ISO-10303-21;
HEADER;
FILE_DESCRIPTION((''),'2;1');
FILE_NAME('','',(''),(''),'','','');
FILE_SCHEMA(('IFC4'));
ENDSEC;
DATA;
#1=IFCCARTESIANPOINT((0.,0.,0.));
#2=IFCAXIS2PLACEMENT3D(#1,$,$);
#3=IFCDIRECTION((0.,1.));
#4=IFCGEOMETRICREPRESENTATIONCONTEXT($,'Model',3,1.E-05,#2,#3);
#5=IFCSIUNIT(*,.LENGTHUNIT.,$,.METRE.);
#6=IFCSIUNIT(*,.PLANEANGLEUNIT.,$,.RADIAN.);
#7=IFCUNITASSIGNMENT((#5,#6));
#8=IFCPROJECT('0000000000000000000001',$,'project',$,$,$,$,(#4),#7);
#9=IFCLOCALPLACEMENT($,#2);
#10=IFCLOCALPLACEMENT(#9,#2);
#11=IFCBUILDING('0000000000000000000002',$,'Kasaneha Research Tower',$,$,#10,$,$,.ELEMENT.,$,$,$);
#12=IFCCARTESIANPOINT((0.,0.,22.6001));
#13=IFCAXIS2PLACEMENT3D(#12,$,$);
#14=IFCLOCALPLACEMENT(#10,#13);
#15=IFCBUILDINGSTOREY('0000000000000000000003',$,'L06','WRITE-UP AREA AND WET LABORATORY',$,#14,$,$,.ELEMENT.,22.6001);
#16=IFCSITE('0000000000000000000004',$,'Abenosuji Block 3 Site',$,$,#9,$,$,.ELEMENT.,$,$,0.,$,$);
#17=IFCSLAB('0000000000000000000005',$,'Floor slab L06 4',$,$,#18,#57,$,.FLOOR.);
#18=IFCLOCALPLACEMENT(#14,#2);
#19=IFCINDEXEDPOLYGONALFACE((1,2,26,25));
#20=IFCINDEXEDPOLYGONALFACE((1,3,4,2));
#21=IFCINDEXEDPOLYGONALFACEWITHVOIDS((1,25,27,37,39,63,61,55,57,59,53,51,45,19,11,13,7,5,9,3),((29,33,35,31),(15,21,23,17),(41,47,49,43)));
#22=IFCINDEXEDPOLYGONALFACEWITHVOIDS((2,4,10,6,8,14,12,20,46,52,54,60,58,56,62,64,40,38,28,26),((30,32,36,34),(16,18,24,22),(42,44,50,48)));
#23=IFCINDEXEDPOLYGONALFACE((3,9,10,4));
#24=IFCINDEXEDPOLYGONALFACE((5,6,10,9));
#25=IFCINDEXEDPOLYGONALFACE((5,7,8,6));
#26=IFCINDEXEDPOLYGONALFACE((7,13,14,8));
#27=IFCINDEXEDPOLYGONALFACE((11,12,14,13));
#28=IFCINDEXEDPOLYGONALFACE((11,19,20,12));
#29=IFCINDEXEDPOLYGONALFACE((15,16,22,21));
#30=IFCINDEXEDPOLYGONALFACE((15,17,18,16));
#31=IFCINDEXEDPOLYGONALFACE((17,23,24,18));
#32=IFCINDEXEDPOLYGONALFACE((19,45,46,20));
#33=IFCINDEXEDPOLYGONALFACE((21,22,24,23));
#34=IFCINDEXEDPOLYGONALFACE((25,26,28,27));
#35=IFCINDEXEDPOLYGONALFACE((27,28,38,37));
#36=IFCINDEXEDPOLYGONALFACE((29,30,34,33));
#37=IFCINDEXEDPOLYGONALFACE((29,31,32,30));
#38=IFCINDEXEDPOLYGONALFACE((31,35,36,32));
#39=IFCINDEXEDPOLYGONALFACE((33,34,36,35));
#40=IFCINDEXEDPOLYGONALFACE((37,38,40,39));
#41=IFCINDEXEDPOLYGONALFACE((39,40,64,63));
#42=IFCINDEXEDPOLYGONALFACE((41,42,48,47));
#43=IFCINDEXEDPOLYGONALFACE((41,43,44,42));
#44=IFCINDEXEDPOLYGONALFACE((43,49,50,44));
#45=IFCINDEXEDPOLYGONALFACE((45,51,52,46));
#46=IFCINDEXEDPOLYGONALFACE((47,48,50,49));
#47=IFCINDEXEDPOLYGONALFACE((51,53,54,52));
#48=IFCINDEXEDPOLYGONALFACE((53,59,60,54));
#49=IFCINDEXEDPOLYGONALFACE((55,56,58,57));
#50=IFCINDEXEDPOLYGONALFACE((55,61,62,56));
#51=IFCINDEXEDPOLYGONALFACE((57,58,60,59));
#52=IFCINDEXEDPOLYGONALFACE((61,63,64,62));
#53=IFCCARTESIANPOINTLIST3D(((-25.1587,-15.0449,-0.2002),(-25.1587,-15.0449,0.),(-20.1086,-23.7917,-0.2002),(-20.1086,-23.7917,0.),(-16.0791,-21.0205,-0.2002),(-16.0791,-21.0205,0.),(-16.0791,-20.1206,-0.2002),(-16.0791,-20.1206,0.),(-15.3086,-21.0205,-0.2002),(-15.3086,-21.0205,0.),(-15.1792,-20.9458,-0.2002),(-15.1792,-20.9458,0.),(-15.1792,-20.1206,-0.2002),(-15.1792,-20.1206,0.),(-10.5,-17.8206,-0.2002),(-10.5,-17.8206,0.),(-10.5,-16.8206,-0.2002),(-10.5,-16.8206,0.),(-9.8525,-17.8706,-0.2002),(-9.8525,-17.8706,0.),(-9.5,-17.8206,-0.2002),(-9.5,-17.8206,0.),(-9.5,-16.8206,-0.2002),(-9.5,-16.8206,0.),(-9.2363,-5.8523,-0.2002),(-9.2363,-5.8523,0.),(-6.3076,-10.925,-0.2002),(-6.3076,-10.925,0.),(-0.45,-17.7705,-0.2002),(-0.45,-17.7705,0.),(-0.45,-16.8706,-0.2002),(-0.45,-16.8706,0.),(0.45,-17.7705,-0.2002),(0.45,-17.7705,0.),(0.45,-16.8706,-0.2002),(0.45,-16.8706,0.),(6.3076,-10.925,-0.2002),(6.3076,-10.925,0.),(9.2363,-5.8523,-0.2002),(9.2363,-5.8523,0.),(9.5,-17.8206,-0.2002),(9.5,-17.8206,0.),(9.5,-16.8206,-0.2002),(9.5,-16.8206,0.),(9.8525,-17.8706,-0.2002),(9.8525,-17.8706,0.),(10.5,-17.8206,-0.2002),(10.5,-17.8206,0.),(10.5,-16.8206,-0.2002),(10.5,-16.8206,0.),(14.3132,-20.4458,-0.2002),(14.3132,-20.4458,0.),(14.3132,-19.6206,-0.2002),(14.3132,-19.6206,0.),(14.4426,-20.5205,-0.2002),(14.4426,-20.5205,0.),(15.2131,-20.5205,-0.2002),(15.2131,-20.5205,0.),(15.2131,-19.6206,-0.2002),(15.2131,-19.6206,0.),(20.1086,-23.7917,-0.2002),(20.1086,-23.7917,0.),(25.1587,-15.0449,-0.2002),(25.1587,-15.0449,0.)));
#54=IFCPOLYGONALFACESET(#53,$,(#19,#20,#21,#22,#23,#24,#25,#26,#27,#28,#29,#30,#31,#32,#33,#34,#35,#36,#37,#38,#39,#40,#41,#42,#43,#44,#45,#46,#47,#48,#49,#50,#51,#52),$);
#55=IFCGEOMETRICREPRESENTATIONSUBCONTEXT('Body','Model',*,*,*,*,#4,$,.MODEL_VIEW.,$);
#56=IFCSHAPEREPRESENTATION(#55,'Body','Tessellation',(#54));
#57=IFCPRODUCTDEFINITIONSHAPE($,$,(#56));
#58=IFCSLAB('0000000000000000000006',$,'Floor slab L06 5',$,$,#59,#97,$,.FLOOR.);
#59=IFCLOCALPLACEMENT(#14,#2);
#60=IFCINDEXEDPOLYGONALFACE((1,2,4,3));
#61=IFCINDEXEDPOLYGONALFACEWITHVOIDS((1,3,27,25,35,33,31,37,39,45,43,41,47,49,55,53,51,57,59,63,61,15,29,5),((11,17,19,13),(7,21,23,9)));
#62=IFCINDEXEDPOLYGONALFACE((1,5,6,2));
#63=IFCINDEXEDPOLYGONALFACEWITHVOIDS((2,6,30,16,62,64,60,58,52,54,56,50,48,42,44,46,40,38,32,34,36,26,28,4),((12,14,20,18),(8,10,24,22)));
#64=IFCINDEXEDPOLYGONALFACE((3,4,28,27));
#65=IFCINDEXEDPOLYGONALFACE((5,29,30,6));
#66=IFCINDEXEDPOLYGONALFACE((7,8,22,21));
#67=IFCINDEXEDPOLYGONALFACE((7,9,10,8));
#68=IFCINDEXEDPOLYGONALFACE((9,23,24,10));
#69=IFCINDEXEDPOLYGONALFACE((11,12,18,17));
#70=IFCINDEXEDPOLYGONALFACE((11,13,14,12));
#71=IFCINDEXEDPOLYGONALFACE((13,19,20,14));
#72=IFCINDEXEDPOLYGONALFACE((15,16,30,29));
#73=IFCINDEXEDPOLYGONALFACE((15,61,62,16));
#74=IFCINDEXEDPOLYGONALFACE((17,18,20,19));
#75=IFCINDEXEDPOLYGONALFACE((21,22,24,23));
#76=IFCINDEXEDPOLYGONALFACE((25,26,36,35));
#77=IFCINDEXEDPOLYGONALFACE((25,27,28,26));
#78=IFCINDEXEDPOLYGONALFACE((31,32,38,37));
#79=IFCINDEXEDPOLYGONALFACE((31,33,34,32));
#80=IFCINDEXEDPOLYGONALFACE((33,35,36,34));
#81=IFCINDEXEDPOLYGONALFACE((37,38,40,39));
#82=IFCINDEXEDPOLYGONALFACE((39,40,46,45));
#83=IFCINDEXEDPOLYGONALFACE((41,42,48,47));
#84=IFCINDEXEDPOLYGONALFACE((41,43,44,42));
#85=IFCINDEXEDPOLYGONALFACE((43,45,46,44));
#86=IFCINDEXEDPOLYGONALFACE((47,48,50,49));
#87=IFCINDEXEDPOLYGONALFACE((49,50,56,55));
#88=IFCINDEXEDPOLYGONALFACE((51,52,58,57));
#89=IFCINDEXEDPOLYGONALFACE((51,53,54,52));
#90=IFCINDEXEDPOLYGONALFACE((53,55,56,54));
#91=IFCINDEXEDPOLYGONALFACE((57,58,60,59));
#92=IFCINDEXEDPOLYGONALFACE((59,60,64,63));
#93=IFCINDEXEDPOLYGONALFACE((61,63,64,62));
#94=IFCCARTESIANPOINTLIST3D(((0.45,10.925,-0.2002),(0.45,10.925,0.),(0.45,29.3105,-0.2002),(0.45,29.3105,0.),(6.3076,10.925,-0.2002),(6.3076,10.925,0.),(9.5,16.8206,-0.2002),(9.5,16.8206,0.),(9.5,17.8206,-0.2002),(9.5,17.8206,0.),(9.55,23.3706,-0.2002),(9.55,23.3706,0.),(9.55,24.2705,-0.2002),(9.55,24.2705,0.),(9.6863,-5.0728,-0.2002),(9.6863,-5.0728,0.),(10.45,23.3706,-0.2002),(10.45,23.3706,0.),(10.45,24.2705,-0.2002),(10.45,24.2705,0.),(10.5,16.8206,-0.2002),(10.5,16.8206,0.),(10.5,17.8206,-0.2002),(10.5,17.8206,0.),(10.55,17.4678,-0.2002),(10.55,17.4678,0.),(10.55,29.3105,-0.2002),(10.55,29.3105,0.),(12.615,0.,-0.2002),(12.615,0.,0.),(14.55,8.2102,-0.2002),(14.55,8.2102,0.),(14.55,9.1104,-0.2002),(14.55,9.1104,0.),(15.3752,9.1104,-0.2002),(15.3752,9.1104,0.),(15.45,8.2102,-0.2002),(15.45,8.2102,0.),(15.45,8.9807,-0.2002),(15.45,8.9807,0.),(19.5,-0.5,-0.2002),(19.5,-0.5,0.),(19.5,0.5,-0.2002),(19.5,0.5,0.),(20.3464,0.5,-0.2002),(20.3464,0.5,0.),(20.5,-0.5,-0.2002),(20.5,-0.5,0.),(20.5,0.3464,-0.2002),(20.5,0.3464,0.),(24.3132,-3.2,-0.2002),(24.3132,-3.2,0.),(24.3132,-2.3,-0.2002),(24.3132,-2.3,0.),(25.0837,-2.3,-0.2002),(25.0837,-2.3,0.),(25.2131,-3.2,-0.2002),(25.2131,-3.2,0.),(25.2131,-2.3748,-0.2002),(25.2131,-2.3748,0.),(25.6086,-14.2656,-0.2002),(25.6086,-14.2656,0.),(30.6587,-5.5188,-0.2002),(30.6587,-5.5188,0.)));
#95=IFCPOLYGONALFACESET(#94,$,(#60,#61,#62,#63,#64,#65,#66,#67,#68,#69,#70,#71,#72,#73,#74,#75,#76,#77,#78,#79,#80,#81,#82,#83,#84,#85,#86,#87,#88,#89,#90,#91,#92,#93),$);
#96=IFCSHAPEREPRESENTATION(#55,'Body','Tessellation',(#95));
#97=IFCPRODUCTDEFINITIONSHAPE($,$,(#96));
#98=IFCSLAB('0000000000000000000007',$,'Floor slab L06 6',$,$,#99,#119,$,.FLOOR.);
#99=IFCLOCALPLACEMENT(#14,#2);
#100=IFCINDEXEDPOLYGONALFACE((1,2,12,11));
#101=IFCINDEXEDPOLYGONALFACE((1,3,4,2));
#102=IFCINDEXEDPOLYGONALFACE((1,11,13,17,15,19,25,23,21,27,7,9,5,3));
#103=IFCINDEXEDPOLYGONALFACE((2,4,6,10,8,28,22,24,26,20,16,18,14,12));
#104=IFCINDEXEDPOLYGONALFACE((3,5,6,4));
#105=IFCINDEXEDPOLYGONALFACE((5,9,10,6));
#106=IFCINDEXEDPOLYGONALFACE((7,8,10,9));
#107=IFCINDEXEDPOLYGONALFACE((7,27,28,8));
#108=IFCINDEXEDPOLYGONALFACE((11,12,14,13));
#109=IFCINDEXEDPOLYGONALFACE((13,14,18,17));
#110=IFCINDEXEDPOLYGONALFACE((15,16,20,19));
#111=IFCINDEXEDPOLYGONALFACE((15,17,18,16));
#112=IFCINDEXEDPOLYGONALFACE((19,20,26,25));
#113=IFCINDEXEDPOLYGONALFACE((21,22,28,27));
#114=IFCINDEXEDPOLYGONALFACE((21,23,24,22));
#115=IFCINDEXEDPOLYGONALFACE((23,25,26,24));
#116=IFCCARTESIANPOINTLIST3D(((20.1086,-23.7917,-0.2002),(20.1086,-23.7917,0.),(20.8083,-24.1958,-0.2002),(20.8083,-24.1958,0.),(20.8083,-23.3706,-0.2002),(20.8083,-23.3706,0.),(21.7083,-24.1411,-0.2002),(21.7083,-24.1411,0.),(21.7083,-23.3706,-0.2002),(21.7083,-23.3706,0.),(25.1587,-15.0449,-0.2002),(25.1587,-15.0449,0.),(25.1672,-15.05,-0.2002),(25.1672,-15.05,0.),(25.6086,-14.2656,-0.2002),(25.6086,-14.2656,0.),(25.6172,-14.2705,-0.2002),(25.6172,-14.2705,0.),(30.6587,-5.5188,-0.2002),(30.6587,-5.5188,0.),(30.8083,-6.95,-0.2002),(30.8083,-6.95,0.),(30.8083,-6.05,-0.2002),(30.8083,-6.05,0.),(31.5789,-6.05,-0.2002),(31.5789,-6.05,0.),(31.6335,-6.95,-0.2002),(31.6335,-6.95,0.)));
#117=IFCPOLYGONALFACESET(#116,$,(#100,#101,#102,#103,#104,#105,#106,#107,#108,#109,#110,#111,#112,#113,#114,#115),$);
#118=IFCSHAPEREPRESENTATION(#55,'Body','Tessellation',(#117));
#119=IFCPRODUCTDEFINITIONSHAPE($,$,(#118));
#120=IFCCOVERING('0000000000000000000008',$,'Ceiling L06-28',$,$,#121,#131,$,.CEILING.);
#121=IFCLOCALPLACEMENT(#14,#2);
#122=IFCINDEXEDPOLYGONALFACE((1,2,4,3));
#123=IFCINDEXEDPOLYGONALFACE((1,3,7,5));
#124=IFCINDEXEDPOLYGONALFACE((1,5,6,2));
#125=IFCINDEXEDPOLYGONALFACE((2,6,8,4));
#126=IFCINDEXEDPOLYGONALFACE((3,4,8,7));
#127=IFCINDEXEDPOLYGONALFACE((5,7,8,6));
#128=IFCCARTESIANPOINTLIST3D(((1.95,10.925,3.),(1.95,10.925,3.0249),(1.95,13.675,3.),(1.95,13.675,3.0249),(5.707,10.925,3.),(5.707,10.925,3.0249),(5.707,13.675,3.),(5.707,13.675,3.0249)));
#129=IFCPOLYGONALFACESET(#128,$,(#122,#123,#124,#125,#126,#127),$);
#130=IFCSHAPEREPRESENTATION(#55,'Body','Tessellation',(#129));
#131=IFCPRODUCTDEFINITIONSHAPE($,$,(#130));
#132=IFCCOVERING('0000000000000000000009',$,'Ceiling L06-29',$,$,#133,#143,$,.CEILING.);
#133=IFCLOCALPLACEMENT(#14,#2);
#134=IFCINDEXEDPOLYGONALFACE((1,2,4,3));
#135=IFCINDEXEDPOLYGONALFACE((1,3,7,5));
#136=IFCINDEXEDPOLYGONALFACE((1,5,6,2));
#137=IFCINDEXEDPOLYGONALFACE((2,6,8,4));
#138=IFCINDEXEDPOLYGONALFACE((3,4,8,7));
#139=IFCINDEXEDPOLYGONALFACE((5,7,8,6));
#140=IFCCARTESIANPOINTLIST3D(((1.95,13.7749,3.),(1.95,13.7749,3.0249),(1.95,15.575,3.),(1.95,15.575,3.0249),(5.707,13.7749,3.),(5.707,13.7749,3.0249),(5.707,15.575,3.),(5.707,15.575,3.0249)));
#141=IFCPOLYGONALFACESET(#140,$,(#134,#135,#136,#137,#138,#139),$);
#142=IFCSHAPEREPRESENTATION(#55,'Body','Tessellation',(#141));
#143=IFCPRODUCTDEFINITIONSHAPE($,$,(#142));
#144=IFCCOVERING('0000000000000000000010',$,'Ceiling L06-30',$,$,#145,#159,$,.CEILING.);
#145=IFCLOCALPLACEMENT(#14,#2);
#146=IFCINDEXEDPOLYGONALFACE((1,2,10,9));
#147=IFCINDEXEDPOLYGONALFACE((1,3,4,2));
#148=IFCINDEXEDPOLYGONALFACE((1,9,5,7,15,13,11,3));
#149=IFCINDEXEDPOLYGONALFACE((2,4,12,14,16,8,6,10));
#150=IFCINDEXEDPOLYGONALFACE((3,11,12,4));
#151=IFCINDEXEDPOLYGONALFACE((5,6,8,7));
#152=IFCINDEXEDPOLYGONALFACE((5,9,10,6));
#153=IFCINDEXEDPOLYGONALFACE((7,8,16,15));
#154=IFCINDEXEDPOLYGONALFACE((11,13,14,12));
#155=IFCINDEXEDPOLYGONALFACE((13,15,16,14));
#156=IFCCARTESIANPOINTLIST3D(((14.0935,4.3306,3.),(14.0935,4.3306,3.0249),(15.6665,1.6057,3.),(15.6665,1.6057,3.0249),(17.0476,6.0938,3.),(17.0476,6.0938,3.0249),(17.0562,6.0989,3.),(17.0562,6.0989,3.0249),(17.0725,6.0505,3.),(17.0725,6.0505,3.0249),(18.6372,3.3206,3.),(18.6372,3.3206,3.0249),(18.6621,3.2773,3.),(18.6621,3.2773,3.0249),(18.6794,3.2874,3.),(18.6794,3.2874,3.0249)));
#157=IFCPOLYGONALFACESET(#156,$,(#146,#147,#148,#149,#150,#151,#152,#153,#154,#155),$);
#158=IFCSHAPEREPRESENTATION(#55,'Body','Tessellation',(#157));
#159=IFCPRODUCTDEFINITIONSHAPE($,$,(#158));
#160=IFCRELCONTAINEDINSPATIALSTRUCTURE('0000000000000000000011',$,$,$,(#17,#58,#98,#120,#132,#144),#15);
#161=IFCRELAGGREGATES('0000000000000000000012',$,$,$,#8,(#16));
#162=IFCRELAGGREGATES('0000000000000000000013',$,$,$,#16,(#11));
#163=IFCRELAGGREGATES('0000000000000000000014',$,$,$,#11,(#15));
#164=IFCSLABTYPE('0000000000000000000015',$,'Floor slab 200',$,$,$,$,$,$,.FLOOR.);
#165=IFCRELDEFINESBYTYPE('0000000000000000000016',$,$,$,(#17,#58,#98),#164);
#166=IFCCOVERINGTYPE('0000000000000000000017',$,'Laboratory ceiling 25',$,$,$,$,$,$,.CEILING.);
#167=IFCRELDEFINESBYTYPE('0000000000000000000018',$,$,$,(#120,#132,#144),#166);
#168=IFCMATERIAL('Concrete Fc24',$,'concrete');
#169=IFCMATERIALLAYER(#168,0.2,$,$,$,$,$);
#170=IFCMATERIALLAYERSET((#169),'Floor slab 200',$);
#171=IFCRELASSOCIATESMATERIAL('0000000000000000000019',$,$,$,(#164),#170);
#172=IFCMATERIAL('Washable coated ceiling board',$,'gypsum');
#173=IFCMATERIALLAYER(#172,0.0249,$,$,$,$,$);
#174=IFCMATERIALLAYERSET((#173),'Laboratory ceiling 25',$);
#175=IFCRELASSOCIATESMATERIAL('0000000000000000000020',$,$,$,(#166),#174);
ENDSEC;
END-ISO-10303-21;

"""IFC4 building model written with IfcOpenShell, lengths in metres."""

from ifc_helpers import new_model, si_unit, direction, frame, origin, place, context, subcontext, project, spatial, polyline, outline, extrude, material, layer, layer_set, type_object, element, save


model = new_model("IFC4")

# Units and contexts
model_context = context("Model", 3, precision=1e-05, world=origin(), true_north=direction((0.0, 1.0)))
body_context = subcontext(model_context, "Body", "Model", "MODEL_VIEW")
ifc_project = project(units=[si_unit("LENGTHUNIT", "METRE"), si_unit("PLANEANGLEUNIT", "RADIAN")], contexts=[model_context])

# Site, building, storey
site_placement = place(None, origin())
site = spatial("IfcSite", under=ifc_project, at=site_placement, Name="Abenosuji Block 3 Site", CompositionType="ELEMENT", RefElevation=0.0)
building_placement = place(site_placement, origin())
building = spatial("IfcBuilding", under=site, at=building_placement, Name="Kasaneha Research Tower", CompositionType="ELEMENT")
storey_placement = place(building_placement, frame((0.0, 0.0, 22.6001)))
storey = spatial("IfcBuildingStorey", under=building, at=storey_placement, Name="L06", Description="WRITE-UP AREA AND WET LABORATORY", CompositionType="ELEMENT", Elevation=22.6001)

# Slabs
ifc_material_1 = material(Name="Concrete Fc24", Category="concrete")
ifc_layer_1 = layer(ifc_material_1, 0.2)
ifc_layer_set_1 = layer_set([ifc_layer_1], Name="Floor slab 200")
slab_type_1 = type_object("IfcSlabType", Name="Floor slab 200", PredefinedType="FLOOR", material=ifc_layer_set_1)
slab_1_placement = place(storey_placement, frame((0.0, 0.0, -0.2002)))
element("IfcSlab", 1, at=slab_1_placement, inside=storey, type_object=slab_type_1, Name="Floor slab L06 4", PredefinedType="FLOOR", context=body_context, shape_type="SweptSolid", body=[
    extrude(outline(polyline([(-6.3076, -10.925), (6.3076, -10.925), (9.2363, -5.8523), (25.1587, -15.0449), (20.1086, -23.7917), (14.4426, -20.5205), (15.2131, -20.5205), (15.2131, -19.6206), (14.3132, -19.6206), (14.3132, -20.4458), (9.8525, -17.8706), (-9.8525, -17.8706), (-15.1792, -20.9458), (-15.1792, -20.1206), (-16.0791, -20.1206), (-16.0791, -21.0205), (-15.3086, -21.0205), (-20.1086, -23.7917), (-25.1587, -15.0449), (-9.2363, -5.8523), (-6.3076, -10.925)]), holes=[polyline([(-0.45, -17.7705), (0.45, -17.7705), (0.45, -16.8706), (-0.45, -16.8706), (-0.45, -17.7705)]), polyline([(-9.5, -17.8206), (-9.5, -16.8206), (-10.5, -16.8206), (-10.5, -17.8206), (-9.5, -17.8206)]), polyline([(10.5, -17.8206), (10.5, -16.8206), (9.5, -16.8206), (9.5, -17.8206), (10.5, -17.8206)])]), origin(), (0.0, 0.0, 1.0), 0.2002),
])
slab_2_placement = place(storey_placement, frame((0.0, 0.0, -0.2002)))
element("IfcSlab", 2, at=slab_2_placement, inside=storey, type_object=slab_type_1, Name="Floor slab L06 5", PredefinedType="FLOOR", context=body_context, shape_type="SweptSolid", body=[
    extrude(outline(polyline([(9.6863, -5.0728), (12.615, 0.0), (6.3076, 10.925), (0.45, 10.925), (0.45, 29.3105), (10.55, 29.3105), (10.55, 17.4678), (15.3752, 9.1104), (14.55, 9.1104), (14.55, 8.2102), (15.45, 8.2102), (15.45, 8.9807), (20.3464, 0.5), (19.5, 0.5), (19.5, -0.5), (20.5, -0.5), (20.5, 0.3464), (25.0837, -2.3), (24.3132, -2.3), (24.3132, -3.2), (25.2131, -3.2), (25.2131, -2.3748), (30.6587, -5.5188), (25.6086, -14.2656), (9.6863, -5.0728)]), holes=[polyline([(9.5, 16.8206), (10.5, 16.8206), (10.5, 17.8206), (9.5, 17.8206), (9.5, 16.8206)]), polyline([(9.55, 23.3706), (10.45, 23.3706), (10.45, 24.2705), (9.55, 24.2705), (9.55, 23.3706)])]), origin(), (0.0, 0.0, 1.0), 0.2002),
])
slab_3_placement = place(storey_placement, frame((0.0, 0.0, -0.2002)))
element("IfcSlab", 3, at=slab_3_placement, inside=storey, type_object=slab_type_1, Name="Floor slab L06 6", PredefinedType="FLOOR", context=body_context, shape_type="SweptSolid", body=[
    extrude(outline(polyline([(25.1672, -15.05), (25.6172, -14.2705), (25.6086, -14.2656), (30.6587, -5.5188), (31.5789, -6.05), (30.8083, -6.05), (30.8083, -6.95), (31.6335, -6.95), (21.7083, -24.1411), (21.7083, -23.3706), (20.8083, -23.3706), (20.8083, -24.1958), (20.1086, -23.7917), (25.1587, -15.0449), (25.1672, -15.05)])), origin(), (0.0, 0.0, 1.0), 0.2002),
])

# Coverings
ifc_material_2 = material(Name="Washable coated ceiling board", Category="gypsum")
ifc_layer_2 = layer(ifc_material_2, 0.0249)
ifc_layer_set_2 = layer_set([ifc_layer_2], Name="Laboratory ceiling 25")
covering_type_1 = type_object("IfcCoveringType", Name="Laboratory ceiling 25", PredefinedType="CEILING", material=ifc_layer_set_2)
covering_1_placement = place(storey_placement, frame((0.0, 0.0, 3.0)))
element("IfcCovering", 4, at=covering_1_placement, inside=storey, type_object=covering_type_1, Name="Ceiling L06-28", PredefinedType="CEILING", context=body_context, shape_type="SweptSolid", body=[
    extrude(outline(polyline([(1.95, 10.925), (1.95, 13.675), (5.707, 13.675), (5.707, 10.925), (1.95, 10.925)])), origin(), (0.0, 0.0, 1.0), 0.0249),
])
covering_2_placement = place(storey_placement, frame((0.0, 0.0, 3.0)))
element("IfcCovering", 5, at=covering_2_placement, inside=storey, type_object=covering_type_1, Name="Ceiling L06-29", PredefinedType="CEILING", context=body_context, shape_type="SweptSolid", body=[
    extrude(outline(polyline([(1.95, 15.575), (5.707, 15.575), (5.707, 13.7749), (1.95, 13.7749), (1.95, 15.575)])), origin(), (0.0, 0.0, 1.0), 0.0249),
])
covering_3_placement = place(storey_placement, frame((0.0, 0.0, 3.0)))
element("IfcCovering", 6, at=covering_3_placement, inside=storey, type_object=covering_type_1, Name="Ceiling L06-30", PredefinedType="CEILING", context=body_context, shape_type="SweptSolid", body=[
    extrude(outline(polyline([(18.6794, 3.2874), (18.6621, 3.2773), (18.6372, 3.3206), (15.6665, 1.6057), (14.0935, 4.3306), (17.0725, 6.0505), (17.0476, 6.0938), (17.0562, 6.0989), (18.6794, 3.2874)])), origin(), (0.0, 0.0, 1.0), 0.0249),
])

save(model, "model.ifc")
